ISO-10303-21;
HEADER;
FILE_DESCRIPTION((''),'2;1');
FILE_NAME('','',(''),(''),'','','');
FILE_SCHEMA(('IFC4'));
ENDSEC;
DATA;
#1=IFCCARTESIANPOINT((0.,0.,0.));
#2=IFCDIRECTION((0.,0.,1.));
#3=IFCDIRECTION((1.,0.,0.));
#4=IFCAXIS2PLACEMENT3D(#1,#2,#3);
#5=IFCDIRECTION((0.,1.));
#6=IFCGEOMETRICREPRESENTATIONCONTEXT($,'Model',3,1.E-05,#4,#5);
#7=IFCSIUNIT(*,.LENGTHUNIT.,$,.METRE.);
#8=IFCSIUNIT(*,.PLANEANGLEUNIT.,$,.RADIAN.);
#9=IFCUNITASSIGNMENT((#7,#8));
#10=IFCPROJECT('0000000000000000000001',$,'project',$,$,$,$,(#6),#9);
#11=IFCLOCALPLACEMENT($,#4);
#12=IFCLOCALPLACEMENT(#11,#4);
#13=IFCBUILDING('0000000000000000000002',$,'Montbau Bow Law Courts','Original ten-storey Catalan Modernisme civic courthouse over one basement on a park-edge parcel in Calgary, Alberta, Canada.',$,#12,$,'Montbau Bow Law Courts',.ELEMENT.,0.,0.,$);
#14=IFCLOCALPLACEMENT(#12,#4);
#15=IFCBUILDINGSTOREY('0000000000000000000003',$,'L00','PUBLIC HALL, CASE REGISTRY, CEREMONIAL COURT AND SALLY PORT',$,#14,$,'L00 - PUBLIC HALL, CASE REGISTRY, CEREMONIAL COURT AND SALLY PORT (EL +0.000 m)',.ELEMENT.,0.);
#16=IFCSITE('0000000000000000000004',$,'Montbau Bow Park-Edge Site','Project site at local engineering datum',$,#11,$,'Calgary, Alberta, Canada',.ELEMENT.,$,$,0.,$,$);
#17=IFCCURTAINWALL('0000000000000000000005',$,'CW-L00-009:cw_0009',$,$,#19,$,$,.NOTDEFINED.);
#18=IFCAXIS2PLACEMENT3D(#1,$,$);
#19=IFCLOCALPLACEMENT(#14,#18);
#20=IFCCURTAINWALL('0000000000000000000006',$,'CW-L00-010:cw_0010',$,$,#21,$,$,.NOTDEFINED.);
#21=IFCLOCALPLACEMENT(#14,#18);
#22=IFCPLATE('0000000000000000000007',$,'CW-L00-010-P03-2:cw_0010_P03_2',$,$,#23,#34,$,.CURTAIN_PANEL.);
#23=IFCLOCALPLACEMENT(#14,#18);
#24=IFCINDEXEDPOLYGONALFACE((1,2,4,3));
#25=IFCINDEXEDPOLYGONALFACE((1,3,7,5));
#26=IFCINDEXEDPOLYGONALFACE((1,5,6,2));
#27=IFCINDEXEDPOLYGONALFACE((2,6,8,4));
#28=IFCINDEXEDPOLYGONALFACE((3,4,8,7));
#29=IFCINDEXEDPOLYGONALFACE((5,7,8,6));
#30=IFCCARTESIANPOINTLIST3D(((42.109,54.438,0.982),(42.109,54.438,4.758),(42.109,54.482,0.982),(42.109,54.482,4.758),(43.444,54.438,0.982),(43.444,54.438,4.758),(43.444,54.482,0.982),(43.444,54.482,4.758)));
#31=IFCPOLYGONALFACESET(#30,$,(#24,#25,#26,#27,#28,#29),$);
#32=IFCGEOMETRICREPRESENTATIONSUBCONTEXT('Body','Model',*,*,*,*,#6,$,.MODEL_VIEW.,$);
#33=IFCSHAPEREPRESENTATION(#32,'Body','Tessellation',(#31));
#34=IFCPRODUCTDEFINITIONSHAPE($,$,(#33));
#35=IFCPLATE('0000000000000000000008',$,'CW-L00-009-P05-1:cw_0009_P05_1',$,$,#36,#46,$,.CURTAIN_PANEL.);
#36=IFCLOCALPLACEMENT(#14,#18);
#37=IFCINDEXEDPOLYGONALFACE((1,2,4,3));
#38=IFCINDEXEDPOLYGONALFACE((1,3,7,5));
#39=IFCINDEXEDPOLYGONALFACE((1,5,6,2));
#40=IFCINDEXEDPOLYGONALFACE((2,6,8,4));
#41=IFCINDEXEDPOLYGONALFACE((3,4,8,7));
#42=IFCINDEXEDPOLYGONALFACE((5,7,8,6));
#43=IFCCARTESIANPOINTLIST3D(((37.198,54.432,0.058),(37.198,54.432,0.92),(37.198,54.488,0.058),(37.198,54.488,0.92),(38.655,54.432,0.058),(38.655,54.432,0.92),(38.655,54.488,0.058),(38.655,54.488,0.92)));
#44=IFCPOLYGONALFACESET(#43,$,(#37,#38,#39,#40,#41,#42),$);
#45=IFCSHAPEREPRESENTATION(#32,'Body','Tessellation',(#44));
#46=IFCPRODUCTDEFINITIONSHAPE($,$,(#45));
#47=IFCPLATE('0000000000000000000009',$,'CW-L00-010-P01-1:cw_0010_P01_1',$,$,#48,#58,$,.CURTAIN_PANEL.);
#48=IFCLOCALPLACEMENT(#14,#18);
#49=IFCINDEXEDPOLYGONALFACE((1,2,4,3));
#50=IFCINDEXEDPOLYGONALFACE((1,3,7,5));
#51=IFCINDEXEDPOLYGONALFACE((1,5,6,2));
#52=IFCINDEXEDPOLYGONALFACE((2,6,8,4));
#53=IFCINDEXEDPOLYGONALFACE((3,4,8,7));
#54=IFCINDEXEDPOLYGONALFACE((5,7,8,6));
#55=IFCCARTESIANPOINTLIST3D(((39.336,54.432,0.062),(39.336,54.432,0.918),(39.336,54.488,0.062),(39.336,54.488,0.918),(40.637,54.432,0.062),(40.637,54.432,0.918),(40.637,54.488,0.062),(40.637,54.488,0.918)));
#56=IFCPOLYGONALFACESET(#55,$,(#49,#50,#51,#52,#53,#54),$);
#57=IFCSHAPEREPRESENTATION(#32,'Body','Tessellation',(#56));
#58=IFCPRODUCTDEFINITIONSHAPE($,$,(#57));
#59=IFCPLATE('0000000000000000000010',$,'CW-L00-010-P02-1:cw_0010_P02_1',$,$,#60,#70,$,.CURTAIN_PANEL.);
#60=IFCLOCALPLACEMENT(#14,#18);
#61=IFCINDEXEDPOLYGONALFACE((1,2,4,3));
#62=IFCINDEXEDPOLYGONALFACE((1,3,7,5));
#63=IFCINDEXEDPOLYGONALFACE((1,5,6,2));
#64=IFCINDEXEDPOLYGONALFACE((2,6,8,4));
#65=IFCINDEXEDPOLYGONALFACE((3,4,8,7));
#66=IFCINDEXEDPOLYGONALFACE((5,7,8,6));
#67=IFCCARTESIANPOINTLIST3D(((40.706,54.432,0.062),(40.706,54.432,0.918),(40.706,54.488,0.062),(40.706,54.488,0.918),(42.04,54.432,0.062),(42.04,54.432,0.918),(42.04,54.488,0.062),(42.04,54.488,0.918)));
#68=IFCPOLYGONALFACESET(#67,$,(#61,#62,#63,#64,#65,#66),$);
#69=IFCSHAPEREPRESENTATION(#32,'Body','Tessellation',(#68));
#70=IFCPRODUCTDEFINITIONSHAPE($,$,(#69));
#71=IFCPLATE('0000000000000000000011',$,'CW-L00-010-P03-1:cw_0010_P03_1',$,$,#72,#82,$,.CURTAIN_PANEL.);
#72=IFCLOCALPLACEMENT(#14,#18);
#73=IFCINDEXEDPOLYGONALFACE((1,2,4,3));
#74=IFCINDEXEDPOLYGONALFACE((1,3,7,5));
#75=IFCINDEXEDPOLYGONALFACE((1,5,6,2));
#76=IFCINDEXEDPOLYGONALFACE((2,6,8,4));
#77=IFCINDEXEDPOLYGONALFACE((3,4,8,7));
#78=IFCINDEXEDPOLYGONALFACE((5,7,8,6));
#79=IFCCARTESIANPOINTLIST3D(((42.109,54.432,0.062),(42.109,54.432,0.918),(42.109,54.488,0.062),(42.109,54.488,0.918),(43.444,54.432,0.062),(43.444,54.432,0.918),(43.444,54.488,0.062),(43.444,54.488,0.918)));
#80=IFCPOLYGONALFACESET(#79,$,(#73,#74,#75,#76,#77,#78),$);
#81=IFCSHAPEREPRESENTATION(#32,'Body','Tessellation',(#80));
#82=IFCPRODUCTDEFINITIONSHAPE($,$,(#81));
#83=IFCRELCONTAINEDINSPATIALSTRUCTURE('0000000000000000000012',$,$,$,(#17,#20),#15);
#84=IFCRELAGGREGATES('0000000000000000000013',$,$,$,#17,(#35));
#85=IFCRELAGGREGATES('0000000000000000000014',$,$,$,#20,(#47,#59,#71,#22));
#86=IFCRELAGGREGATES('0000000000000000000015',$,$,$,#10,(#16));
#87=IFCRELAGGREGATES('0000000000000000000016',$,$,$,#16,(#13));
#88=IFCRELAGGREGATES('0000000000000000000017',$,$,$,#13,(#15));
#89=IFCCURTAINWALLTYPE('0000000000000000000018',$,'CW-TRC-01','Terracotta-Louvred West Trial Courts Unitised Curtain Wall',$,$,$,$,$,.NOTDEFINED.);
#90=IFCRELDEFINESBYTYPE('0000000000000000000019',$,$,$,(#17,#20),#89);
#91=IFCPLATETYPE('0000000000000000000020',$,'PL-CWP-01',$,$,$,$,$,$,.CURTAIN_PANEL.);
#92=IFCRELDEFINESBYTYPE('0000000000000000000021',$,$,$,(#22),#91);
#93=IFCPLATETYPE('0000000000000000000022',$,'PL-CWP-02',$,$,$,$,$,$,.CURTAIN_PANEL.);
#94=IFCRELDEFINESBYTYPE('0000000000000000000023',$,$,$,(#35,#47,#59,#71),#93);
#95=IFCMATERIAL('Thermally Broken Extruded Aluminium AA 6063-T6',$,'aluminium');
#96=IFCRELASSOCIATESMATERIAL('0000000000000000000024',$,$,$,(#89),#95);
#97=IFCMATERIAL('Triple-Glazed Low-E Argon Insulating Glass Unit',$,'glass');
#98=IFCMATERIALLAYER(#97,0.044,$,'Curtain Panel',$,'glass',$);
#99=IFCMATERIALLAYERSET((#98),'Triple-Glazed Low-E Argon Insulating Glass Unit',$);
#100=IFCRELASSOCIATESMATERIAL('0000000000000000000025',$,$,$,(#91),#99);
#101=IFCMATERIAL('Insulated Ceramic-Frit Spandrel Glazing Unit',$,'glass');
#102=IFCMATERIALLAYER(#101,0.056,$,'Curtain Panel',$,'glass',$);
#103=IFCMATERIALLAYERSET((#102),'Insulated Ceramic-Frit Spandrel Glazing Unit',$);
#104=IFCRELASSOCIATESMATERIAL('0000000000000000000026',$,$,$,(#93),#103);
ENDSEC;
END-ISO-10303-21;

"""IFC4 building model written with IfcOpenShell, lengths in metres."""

from ifc_helpers import new_model, si_unit, direction, frame, frame_2d, origin_with_axes, place, context, subcontext, project, spatial, rectangle, extrude, material, layer, layer_set, type_object, element, aggregate, save


model = new_model("IFC4")

# Units and contexts
model_context = context("Model", 3, precision=1e-05, world=origin_with_axes(), true_north=direction((0.0, 1.0)))
body_context = subcontext(model_context, "Body", "Model", "MODEL_VIEW")
ifc_project = project(units=[si_unit("LENGTHUNIT", "METRE"), si_unit("PLANEANGLEUNIT", "RADIAN")], contexts=[model_context])

# Site, building, storey
site_placement = place(None, origin_with_axes())
site = spatial("IfcSite", under=ifc_project, at=site_placement, Name="Montbau Bow Park-Edge Site", Description="Project site at local engineering datum", LongName="Calgary, Alberta, Canada", CompositionType="ELEMENT", RefElevation=0.0)
building_placement = place(site_placement, origin_with_axes())
building = spatial("IfcBuilding", under=site, at=building_placement, Name="Montbau Bow Law Courts", Description="Original ten-storey Catalan Modernisme civic courthouse over one basement on a park-edge parcel in Calgary, Alberta, Canada.", LongName="Montbau Bow Law Courts", CompositionType="ELEMENT", ElevationOfRefHeight=0.0, ElevationOfTerrain=0.0)
storey_placement = place(building_placement, origin_with_axes())
storey = spatial("IfcBuildingStorey", under=building, at=storey_placement, Name="L00", Description="PUBLIC HALL, CASE REGISTRY, CEREMONIAL COURT AND SALLY PORT", LongName="L00 - PUBLIC HALL, CASE REGISTRY, CEREMONIAL COURT AND SALLY PORT (EL +0.000 m)", CompositionType="ELEMENT", Elevation=0.0)

# Curtain walls
ifc_material_1 = material(Name="Thermally Broken Extruded Aluminium AA 6063-T6", Category="aluminium")
curtain_wall_type = type_object("IfcCurtainWallType", Name="CW-TRC-01", Description="Terracotta-Louvred West Trial Courts Unitised Curtain Wall", PredefinedType="NOTDEFINED", material=ifc_material_1)
curtain_wall_1_placement = place(None, frame((30.867, 54.46, 0.0), z_axis=(0.0, 0.0, 1.0), x_axis=(1.0, 0.0, 0.0)))
curtain_wall_1 = element("IfcCurtainWall", 1, at=curtain_wall_1_placement, inside=storey, type_object=curtain_wall_type, Name="CW-L00-009:cw_0009", PredefinedType="NOTDEFINED")
curtain_wall_2_placement = place(None, frame((39.268, 54.46, 0.0), z_axis=(0.0, 0.0, 1.0), x_axis=(1.0, 0.0, 0.0)))
curtain_wall_2 = element("IfcCurtainWall", 2, at=curtain_wall_2_placement, inside=storey, type_object=curtain_wall_type, Name="CW-L00-010:cw_0010", PredefinedType="NOTDEFINED")

# Plates
ifc_material_2 = material(Name="Triple-Glazed Low-E Argon Insulating Glass Unit", Category="glass")
ifc_layer_1 = layer(ifc_material_2, 0.044, Name="Curtain Panel", Category="glass")
ifc_layer_set_1 = layer_set([ifc_layer_1], Name="Triple-Glazed Low-E Argon Insulating Glass Unit")
plate_type_1 = type_object("IfcPlateType", Name="PL-CWP-01", PredefinedType="CURTAIN_PANEL", material=ifc_layer_set_1)
plate_1_placement = place(None, frame((42.109, 54.46, 0.982), z_axis=(0.0, -1.0, 0.0), x_axis=(1.0, 0.0, 0.0)))
plate_1 = element("IfcPlate", 3, at=plate_1_placement, type_object=plate_type_1, Name="CW-L00-010-P03-2:cw_0010_P03_2", PredefinedType="CURTAIN_PANEL", context=body_context, shape_type="SweptSolid", body=[
    extrude(rectangle(XDim=1.335, YDim=3.776, at=frame_2d((0.6675, 1.888), x_axis=(1.0, 0.0))), frame((0.0, 0.0, -0.022), z_axis=(0.0, 0.0, 1.0), x_axis=(1.0, 0.0, 0.0)), (0.0, 0.0, 1.0), 0.044),
])
ifc_material_3 = material(Name="Insulated Ceramic-Frit Spandrel Glazing Unit", Category="glass")
ifc_layer_2 = layer(ifc_material_3, 0.056, Name="Curtain Panel", Category="glass")
ifc_layer_set_2 = layer_set([ifc_layer_2], Name="Insulated Ceramic-Frit Spandrel Glazing Unit")
plate_type_2 = type_object("IfcPlateType", Name="PL-CWP-02", PredefinedType="CURTAIN_PANEL", material=ifc_layer_set_2)
plate_2_placement = place(None, frame((37.198, 54.46, 0.058), z_axis=(0.0, -1.0, 0.0), x_axis=(1.0, 0.0, 0.0)))
plate_2 = element("IfcPlate", 4, at=plate_2_placement, type_object=plate_type_2, Name="CW-L00-009-P05-1:cw_0009_P05_1", PredefinedType="CURTAIN_PANEL", context=body_context, shape_type="SweptSolid", body=[
    extrude(rectangle(XDim=1.457, YDim=0.862, at=frame_2d((0.7285, 0.431), x_axis=(1.0, 0.0))), frame((0.0, 0.0, -0.028), z_axis=(0.0, 0.0, 1.0), x_axis=(1.0, 0.0, 0.0)), (0.0, 0.0, 1.0), 0.056),
])
aggregate(curtain_wall_1, [plate_2])
plate_3_placement = place(None, frame((39.336, 54.46, 0.062), z_axis=(0.0, -1.0, 0.0), x_axis=(1.0, 0.0, 0.0)))
plate_3 = element("IfcPlate", 5, at=plate_3_placement, type_object=plate_type_2, Name="CW-L00-010-P01-1:cw_0010_P01_1", PredefinedType="CURTAIN_PANEL", context=body_context, shape_type="SweptSolid", body=[
    extrude(rectangle(XDim=1.301, YDim=0.856, at=frame_2d((0.6505, 0.428), x_axis=(1.0, 0.0))), frame((0.0, 0.0, -0.028), z_axis=(0.0, 0.0, 1.0), x_axis=(1.0, 0.0, 0.0)), (0.0, 0.0, 1.0), 0.056),
])
plate_4_placement = place(None, frame((40.706, 54.46, 0.062), z_axis=(0.0, -1.0, 0.0), x_axis=(1.0, 0.0, 0.0)))
plate_4 = element("IfcPlate", 6, at=plate_4_placement, type_object=plate_type_2, Name="CW-L00-010-P02-1:cw_0010_P02_1", PredefinedType="CURTAIN_PANEL", context=body_context, shape_type="SweptSolid", body=[
    extrude(rectangle(XDim=1.334, YDim=0.856, at=frame_2d((0.667, 0.428), x_axis=(1.0, 0.0))), frame((0.0, 0.0, -0.028), z_axis=(0.0, 0.0, 1.0), x_axis=(1.0, 0.0, 0.0)), (0.0, 0.0, 1.0), 0.056),
])
plate_5_placement = place(None, frame((42.109, 54.46, 0.062), z_axis=(0.0, -1.0, 0.0), x_axis=(1.0, 0.0, 0.0)))
plate_5 = element("IfcPlate", 7, at=plate_5_placement, type_object=plate_type_2, Name="CW-L00-010-P03-1:cw_0010_P03_1", PredefinedType="CURTAIN_PANEL", context=body_context, shape_type="SweptSolid", body=[
    extrude(rectangle(XDim=1.335, YDim=0.856, at=frame_2d((0.6675, 0.428), x_axis=(1.0, 0.0))), frame((0.0, 0.0, -0.028), z_axis=(0.0, 0.0, 1.0), x_axis=(1.0, 0.0, 0.0)), (0.0, 0.0, 1.0), 0.056),
])
aggregate(curtain_wall_2, [plate_3, plate_4, plate_5, plate_1])

save(model, "model.ifc")
